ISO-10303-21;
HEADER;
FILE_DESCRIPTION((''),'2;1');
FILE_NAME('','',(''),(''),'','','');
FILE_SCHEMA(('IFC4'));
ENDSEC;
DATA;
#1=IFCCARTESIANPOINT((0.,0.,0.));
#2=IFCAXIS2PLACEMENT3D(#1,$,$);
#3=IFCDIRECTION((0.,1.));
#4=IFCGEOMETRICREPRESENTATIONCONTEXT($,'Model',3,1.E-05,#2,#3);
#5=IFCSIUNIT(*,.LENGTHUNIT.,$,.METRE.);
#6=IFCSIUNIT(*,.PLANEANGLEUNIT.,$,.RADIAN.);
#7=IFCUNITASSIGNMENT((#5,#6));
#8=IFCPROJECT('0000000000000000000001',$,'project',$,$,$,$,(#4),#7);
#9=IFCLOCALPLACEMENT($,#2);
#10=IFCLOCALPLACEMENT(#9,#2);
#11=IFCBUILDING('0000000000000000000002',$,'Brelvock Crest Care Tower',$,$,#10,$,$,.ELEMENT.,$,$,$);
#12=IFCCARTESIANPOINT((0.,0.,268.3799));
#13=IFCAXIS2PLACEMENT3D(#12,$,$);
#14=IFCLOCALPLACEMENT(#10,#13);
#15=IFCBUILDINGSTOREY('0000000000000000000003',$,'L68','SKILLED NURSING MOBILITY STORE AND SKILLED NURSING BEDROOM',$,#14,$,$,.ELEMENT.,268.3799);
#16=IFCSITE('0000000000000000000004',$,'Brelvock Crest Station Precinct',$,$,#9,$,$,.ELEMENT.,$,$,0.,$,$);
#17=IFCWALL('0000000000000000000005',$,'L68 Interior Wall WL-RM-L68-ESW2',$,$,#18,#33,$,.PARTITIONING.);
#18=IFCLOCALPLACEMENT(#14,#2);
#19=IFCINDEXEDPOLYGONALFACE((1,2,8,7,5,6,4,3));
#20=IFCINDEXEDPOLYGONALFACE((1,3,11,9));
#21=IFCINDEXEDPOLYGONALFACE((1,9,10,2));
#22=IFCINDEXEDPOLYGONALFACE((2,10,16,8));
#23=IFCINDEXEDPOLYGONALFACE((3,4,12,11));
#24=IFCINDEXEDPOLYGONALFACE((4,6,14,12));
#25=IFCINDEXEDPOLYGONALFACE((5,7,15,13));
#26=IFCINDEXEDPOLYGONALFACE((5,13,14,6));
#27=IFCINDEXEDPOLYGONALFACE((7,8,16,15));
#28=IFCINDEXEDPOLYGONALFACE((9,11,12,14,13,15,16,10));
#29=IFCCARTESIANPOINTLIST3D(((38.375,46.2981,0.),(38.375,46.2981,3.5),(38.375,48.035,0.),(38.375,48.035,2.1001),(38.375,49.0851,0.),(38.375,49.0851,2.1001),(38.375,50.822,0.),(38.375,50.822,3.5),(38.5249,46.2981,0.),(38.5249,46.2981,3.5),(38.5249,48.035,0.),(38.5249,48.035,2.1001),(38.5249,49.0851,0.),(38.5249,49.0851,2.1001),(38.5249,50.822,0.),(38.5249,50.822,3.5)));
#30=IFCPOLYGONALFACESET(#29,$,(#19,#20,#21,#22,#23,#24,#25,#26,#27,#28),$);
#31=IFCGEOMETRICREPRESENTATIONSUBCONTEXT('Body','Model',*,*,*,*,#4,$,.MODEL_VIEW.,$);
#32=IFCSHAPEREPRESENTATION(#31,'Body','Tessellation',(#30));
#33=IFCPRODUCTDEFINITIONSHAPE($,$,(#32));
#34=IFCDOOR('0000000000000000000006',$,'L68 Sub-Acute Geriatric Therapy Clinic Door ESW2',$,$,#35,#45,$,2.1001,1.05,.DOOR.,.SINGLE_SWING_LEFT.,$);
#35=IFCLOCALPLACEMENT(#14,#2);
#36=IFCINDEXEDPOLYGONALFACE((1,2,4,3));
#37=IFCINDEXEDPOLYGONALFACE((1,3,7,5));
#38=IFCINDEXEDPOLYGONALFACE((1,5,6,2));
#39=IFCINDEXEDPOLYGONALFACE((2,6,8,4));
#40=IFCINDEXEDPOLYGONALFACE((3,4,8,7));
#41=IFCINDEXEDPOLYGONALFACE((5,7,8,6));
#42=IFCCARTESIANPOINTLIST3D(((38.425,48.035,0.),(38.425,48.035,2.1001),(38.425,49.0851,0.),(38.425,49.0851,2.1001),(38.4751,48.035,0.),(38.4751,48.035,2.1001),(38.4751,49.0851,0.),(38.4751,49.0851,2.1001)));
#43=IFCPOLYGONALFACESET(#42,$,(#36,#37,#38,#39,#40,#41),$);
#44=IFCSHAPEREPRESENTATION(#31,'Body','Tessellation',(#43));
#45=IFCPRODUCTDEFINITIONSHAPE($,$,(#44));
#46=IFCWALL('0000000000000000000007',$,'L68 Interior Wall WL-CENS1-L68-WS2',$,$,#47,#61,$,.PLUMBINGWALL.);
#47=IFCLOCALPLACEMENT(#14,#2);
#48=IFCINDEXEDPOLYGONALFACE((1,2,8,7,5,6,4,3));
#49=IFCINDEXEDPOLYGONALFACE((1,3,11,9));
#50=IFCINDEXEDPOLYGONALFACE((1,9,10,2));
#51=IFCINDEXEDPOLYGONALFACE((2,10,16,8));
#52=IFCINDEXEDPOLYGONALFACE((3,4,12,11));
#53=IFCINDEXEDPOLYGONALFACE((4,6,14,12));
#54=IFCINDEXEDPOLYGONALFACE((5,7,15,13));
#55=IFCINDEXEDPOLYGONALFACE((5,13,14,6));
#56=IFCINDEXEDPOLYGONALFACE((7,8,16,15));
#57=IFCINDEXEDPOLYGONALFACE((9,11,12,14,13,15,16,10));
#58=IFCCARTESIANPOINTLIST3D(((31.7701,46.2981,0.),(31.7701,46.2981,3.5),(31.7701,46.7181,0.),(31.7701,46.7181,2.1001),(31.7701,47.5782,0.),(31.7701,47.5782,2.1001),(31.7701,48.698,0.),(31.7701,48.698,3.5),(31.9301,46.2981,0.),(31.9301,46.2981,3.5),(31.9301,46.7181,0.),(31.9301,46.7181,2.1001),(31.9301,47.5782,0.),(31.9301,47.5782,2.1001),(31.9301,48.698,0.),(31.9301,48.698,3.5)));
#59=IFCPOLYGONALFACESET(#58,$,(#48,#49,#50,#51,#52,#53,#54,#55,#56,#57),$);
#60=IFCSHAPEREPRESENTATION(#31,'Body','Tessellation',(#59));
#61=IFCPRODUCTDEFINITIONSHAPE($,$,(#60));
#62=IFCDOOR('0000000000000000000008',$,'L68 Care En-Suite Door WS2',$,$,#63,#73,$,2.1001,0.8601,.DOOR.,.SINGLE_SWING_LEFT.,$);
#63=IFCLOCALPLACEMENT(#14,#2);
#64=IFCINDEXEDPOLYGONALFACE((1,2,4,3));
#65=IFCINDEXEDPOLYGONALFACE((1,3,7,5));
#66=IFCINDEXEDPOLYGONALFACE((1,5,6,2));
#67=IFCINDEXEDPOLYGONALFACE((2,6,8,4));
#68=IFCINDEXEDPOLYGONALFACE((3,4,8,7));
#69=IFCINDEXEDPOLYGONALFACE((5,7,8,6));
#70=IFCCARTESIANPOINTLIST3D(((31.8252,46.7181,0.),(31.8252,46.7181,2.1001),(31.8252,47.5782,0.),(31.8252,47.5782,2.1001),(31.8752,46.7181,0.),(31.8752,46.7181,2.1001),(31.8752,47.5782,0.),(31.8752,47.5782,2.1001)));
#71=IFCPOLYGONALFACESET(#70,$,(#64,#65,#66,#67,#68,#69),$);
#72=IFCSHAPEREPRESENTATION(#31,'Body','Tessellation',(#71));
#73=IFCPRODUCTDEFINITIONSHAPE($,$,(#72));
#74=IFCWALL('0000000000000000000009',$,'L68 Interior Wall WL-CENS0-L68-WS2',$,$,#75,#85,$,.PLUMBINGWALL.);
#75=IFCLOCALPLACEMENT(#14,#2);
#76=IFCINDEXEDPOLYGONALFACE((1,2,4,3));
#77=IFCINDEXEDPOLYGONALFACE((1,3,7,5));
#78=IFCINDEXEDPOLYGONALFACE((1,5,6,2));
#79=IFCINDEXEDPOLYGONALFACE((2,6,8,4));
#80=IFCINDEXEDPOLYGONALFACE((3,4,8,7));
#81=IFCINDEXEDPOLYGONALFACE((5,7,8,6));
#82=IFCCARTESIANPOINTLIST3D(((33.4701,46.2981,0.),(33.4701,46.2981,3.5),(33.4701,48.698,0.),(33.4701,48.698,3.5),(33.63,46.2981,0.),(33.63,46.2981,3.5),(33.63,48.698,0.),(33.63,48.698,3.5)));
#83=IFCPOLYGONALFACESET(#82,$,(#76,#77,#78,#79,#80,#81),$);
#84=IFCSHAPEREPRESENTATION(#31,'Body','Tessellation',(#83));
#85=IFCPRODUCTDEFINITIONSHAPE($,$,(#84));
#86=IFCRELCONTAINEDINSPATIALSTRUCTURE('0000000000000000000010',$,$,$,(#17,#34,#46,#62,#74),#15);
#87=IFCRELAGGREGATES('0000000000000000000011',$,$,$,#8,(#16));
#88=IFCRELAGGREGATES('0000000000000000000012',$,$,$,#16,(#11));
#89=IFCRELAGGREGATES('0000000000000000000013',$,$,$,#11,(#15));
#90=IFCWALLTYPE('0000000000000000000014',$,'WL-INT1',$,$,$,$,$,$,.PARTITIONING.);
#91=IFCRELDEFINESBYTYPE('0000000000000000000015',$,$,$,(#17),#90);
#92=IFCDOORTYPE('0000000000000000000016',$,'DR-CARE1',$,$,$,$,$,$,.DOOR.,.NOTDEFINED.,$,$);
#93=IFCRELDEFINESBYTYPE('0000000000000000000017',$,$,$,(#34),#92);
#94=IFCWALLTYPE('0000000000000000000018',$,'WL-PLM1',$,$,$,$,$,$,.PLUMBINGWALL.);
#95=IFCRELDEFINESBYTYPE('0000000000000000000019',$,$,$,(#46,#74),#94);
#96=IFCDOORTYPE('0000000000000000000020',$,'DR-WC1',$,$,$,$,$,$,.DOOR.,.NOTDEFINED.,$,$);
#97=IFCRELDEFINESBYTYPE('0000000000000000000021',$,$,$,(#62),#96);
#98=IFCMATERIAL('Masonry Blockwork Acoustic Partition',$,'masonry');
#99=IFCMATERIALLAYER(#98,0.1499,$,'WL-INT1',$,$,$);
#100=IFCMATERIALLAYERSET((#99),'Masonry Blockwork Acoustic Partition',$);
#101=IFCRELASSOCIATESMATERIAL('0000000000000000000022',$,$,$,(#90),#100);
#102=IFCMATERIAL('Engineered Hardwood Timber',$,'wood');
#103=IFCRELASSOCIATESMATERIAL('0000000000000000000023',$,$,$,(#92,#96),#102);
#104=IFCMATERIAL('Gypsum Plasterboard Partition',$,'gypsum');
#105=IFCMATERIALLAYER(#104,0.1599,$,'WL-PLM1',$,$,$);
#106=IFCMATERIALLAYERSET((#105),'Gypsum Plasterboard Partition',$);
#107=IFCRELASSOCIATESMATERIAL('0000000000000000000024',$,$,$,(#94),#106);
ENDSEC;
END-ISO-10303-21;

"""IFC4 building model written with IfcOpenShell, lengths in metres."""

from ifc_helpers import new_model, si_unit, direction, frame, frame_2d, origin, origin_2d, place, context, subcontext, project, spatial, rectangle, extrude, source, transform, mapped, material, layer, layer_set, type_object, element, fill, save


model = new_model("IFC4")

# Units and contexts
model_context = context("Model", 3, precision=1e-05, world=origin(), true_north=direction((0.0, 1.0)))
body_context = subcontext(model_context, "Body", "Model", "MODEL_VIEW")
ifc_project = project(units=[si_unit("LENGTHUNIT", "METRE"), si_unit("PLANEANGLEUNIT", "RADIAN")], contexts=[model_context])

# Site, building, storey
site_placement = place(None, origin())
site = spatial("IfcSite", under=ifc_project, at=site_placement, Name="Brelvock Crest Station Precinct", CompositionType="ELEMENT", RefElevation=0.0)
building_placement = place(site_placement, origin())
building = spatial("IfcBuilding", under=site, at=building_placement, Name="Brelvock Crest Care Tower", CompositionType="ELEMENT")
storey_placement = place(building_placement, frame((0.0, 0.0, 268.3799)))
storey = spatial("IfcBuildingStorey", under=building, at=storey_placement, Name="L68", Description="SKILLED NURSING MOBILITY STORE AND SKILLED NURSING BEDROOM", CompositionType="ELEMENT", Elevation=268.3799)

# Shared definitions
ifc_material_1 = material(Name="Masonry Blockwork Acoustic Partition", Category="masonry")
ifc_layer_1 = layer(ifc_material_1, 0.1499, Name="WL-INT1")
ifc_layer_set_1 = layer_set([ifc_layer_1], Name="Masonry Blockwork Acoustic Partition")
wall_type_1 = type_object("IfcWallType", Name="WL-INT1", PredefinedType="PARTITIONING", material=ifc_layer_set_1)

# Shared definitions
ifc_material_2 = material(Name="Engineered Hardwood Timber", Category="wood")

# Walls, openings, doors
wall_1_placement = place(storey_placement, frame((38.45, 46.2981, 0.0), z_axis=(0.0, 0.0, 1.0), x_axis=(0.0, 1.0, 0.0)))
wall_1 = element("IfcWall", 1, at=wall_1_placement, inside=storey, type_object=wall_type_1, Name="L68 Interior Wall WL-RM-L68-ESW2", PredefinedType="PARTITIONING", context=body_context, shape_type="SweptSolid", body=[
    extrude(rectangle(XDim=4.5239, YDim=0.1499, at=frame_2d((2.262, 0.0))), origin(), (0.0, 0.0, 1.0), 3.5),
])
opening_1_placement = place(wall_1_placement, frame((1.7371, 0.0, 0.0)))
opening_1 = element("IfcOpeningElement", 2, at=opening_1_placement, cuts=wall_1, PredefinedType="OPENING", context=body_context, shape_type="SweptSolid", body=[
    extrude(rectangle(XDim=1.05, YDim=2.1001, at=origin_2d()), frame((0.5249, 0.085, 1.05), z_axis=(0.0, -1.0, 0.0), x_axis=(1.0, 0.0, 0.0)), (0.0, 0.0, 1.0), 0.1699),
])
door_type_1 = type_object("IfcDoorType", Name="DR-CARE1", OperationType="NOTDEFINED", PredefinedType="DOOR", material=ifc_material_2)
shared_shape_1 = source(origin(), body_context, "Body", "SweptSolid", [
    extrude(rectangle(XDim=1.05, YDim=2.1001, at=origin_2d()), frame((0.5249, 0.0249, 1.05), z_axis=(0.0, -1.0, 0.0), x_axis=(1.0, 0.0, 0.0)), (0.0, 0.0, 1.0), 0.05),
])
door_1_placement = place(opening_1_placement, origin())
door_1 = element("IfcDoor", 3, at=door_1_placement, inside=storey, type_object=door_type_1, Name="L68 Sub-Acute Geriatric Therapy Clinic Door ESW2", OperationType="SINGLE_SWING_LEFT", OverallHeight=2.1001, OverallWidth=1.05, PredefinedType="DOOR", context=body_context, shape_type="MappedRepresentation", body=[
    mapped(shared_shape_1, transform((0.0, 0.0, 0.0), x_axis=(1.0, 0.0, 0.0), y_axis=(0.0, 1.0, 0.0), z_axis=(0.0, 0.0, 1.0), scale=1.0)),
])
fill(opening_1, door_1)
ifc_material_3 = material(Name="Gypsum Plasterboard Partition", Category="gypsum")
ifc_layer_2 = layer(ifc_material_3, 0.1599, Name="WL-PLM1")
ifc_layer_set_2 = layer_set([ifc_layer_2], Name="Gypsum Plasterboard Partition")
wall_type_2 = type_object("IfcWallType", Name="WL-PLM1", PredefinedType="PLUMBINGWALL", material=ifc_layer_set_2)
wall_2_placement = place(storey_placement, frame((31.8501, 46.2981, 0.0), z_axis=(0.0, 0.0, 1.0), x_axis=(0.0, 1.0, 0.0)))
wall_2 = element("IfcWall", 4, at=wall_2_placement, inside=storey, type_object=wall_type_2, Name="L68 Interior Wall WL-CENS1-L68-WS2", PredefinedType="PLUMBINGWALL", context=body_context, shape_type="SweptSolid", body=[
    extrude(rectangle(XDim=2.3999, YDim=0.1599, at=frame_2d((1.2, 0.0))), origin(), (0.0, 0.0, 1.0), 3.5),
])
opening_2_placement = place(wall_2_placement, frame((0.4199, 0.0, 0.0)))
opening_2 = element("IfcOpeningElement", 5, at=opening_2_placement, cuts=wall_2, PredefinedType="OPENING", context=body_context, shape_type="SweptSolid", body=[
    extrude(rectangle(XDim=0.8601, YDim=2.1001, at=origin_2d()), frame((0.4302, 0.0898, 1.05), z_axis=(0.0, -1.0, 0.0), x_axis=(1.0, 0.0, 0.0)), (0.0, 0.0, 1.0), 0.1799),
])
door_type_2 = type_object("IfcDoorType", Name="DR-WC1", OperationType="NOTDEFINED", PredefinedType="DOOR", material=ifc_material_2)
shared_shape_2 = source(origin(), body_context, "Body", "SweptSolid", [
    extrude(rectangle(XDim=0.8601, YDim=2.1001, at=origin_2d()), frame((0.4302, 0.0249, 1.05), z_axis=(0.0, -1.0, 0.0), x_axis=(1.0, 0.0, 0.0)), (0.0, 0.0, 1.0), 0.05),
])
door_2_placement = place(opening_2_placement, origin())
door_2 = element("IfcDoor", 6, at=door_2_placement, inside=storey, type_object=door_type_2, Name="L68 Care En-Suite Door WS2", OperationType="SINGLE_SWING_LEFT", OverallHeight=2.1001, OverallWidth=0.8601, PredefinedType="DOOR", context=body_context, shape_type="MappedRepresentation", body=[
    mapped(shared_shape_2, transform((0.0, 0.0, 0.0), x_axis=(1.0, 0.0, 0.0), y_axis=(0.0, 1.0, 0.0), z_axis=(0.0, 0.0, 1.0), scale=1.0)),
])
fill(opening_2, door_2)

# Wall
wall_3_placement = place(storey_placement, frame((33.55, 46.2981, 0.0), z_axis=(0.0, 0.0, 1.0), x_axis=(0.0, 1.0, 0.0)))
element("IfcWall", 7, at=wall_3_placement, inside=storey, type_object=wall_type_2, Name="L68 Interior Wall WL-CENS0-L68-WS2", PredefinedType="PLUMBINGWALL", context=body_context, shape_type="SweptSolid", body=[
    extrude(rectangle(XDim=2.3999, YDim=0.1599, at=frame_2d((1.2, 0.0))), origin(), (0.0, 0.0, 1.0), 3.5),
])

save(model, "model.ifc")
